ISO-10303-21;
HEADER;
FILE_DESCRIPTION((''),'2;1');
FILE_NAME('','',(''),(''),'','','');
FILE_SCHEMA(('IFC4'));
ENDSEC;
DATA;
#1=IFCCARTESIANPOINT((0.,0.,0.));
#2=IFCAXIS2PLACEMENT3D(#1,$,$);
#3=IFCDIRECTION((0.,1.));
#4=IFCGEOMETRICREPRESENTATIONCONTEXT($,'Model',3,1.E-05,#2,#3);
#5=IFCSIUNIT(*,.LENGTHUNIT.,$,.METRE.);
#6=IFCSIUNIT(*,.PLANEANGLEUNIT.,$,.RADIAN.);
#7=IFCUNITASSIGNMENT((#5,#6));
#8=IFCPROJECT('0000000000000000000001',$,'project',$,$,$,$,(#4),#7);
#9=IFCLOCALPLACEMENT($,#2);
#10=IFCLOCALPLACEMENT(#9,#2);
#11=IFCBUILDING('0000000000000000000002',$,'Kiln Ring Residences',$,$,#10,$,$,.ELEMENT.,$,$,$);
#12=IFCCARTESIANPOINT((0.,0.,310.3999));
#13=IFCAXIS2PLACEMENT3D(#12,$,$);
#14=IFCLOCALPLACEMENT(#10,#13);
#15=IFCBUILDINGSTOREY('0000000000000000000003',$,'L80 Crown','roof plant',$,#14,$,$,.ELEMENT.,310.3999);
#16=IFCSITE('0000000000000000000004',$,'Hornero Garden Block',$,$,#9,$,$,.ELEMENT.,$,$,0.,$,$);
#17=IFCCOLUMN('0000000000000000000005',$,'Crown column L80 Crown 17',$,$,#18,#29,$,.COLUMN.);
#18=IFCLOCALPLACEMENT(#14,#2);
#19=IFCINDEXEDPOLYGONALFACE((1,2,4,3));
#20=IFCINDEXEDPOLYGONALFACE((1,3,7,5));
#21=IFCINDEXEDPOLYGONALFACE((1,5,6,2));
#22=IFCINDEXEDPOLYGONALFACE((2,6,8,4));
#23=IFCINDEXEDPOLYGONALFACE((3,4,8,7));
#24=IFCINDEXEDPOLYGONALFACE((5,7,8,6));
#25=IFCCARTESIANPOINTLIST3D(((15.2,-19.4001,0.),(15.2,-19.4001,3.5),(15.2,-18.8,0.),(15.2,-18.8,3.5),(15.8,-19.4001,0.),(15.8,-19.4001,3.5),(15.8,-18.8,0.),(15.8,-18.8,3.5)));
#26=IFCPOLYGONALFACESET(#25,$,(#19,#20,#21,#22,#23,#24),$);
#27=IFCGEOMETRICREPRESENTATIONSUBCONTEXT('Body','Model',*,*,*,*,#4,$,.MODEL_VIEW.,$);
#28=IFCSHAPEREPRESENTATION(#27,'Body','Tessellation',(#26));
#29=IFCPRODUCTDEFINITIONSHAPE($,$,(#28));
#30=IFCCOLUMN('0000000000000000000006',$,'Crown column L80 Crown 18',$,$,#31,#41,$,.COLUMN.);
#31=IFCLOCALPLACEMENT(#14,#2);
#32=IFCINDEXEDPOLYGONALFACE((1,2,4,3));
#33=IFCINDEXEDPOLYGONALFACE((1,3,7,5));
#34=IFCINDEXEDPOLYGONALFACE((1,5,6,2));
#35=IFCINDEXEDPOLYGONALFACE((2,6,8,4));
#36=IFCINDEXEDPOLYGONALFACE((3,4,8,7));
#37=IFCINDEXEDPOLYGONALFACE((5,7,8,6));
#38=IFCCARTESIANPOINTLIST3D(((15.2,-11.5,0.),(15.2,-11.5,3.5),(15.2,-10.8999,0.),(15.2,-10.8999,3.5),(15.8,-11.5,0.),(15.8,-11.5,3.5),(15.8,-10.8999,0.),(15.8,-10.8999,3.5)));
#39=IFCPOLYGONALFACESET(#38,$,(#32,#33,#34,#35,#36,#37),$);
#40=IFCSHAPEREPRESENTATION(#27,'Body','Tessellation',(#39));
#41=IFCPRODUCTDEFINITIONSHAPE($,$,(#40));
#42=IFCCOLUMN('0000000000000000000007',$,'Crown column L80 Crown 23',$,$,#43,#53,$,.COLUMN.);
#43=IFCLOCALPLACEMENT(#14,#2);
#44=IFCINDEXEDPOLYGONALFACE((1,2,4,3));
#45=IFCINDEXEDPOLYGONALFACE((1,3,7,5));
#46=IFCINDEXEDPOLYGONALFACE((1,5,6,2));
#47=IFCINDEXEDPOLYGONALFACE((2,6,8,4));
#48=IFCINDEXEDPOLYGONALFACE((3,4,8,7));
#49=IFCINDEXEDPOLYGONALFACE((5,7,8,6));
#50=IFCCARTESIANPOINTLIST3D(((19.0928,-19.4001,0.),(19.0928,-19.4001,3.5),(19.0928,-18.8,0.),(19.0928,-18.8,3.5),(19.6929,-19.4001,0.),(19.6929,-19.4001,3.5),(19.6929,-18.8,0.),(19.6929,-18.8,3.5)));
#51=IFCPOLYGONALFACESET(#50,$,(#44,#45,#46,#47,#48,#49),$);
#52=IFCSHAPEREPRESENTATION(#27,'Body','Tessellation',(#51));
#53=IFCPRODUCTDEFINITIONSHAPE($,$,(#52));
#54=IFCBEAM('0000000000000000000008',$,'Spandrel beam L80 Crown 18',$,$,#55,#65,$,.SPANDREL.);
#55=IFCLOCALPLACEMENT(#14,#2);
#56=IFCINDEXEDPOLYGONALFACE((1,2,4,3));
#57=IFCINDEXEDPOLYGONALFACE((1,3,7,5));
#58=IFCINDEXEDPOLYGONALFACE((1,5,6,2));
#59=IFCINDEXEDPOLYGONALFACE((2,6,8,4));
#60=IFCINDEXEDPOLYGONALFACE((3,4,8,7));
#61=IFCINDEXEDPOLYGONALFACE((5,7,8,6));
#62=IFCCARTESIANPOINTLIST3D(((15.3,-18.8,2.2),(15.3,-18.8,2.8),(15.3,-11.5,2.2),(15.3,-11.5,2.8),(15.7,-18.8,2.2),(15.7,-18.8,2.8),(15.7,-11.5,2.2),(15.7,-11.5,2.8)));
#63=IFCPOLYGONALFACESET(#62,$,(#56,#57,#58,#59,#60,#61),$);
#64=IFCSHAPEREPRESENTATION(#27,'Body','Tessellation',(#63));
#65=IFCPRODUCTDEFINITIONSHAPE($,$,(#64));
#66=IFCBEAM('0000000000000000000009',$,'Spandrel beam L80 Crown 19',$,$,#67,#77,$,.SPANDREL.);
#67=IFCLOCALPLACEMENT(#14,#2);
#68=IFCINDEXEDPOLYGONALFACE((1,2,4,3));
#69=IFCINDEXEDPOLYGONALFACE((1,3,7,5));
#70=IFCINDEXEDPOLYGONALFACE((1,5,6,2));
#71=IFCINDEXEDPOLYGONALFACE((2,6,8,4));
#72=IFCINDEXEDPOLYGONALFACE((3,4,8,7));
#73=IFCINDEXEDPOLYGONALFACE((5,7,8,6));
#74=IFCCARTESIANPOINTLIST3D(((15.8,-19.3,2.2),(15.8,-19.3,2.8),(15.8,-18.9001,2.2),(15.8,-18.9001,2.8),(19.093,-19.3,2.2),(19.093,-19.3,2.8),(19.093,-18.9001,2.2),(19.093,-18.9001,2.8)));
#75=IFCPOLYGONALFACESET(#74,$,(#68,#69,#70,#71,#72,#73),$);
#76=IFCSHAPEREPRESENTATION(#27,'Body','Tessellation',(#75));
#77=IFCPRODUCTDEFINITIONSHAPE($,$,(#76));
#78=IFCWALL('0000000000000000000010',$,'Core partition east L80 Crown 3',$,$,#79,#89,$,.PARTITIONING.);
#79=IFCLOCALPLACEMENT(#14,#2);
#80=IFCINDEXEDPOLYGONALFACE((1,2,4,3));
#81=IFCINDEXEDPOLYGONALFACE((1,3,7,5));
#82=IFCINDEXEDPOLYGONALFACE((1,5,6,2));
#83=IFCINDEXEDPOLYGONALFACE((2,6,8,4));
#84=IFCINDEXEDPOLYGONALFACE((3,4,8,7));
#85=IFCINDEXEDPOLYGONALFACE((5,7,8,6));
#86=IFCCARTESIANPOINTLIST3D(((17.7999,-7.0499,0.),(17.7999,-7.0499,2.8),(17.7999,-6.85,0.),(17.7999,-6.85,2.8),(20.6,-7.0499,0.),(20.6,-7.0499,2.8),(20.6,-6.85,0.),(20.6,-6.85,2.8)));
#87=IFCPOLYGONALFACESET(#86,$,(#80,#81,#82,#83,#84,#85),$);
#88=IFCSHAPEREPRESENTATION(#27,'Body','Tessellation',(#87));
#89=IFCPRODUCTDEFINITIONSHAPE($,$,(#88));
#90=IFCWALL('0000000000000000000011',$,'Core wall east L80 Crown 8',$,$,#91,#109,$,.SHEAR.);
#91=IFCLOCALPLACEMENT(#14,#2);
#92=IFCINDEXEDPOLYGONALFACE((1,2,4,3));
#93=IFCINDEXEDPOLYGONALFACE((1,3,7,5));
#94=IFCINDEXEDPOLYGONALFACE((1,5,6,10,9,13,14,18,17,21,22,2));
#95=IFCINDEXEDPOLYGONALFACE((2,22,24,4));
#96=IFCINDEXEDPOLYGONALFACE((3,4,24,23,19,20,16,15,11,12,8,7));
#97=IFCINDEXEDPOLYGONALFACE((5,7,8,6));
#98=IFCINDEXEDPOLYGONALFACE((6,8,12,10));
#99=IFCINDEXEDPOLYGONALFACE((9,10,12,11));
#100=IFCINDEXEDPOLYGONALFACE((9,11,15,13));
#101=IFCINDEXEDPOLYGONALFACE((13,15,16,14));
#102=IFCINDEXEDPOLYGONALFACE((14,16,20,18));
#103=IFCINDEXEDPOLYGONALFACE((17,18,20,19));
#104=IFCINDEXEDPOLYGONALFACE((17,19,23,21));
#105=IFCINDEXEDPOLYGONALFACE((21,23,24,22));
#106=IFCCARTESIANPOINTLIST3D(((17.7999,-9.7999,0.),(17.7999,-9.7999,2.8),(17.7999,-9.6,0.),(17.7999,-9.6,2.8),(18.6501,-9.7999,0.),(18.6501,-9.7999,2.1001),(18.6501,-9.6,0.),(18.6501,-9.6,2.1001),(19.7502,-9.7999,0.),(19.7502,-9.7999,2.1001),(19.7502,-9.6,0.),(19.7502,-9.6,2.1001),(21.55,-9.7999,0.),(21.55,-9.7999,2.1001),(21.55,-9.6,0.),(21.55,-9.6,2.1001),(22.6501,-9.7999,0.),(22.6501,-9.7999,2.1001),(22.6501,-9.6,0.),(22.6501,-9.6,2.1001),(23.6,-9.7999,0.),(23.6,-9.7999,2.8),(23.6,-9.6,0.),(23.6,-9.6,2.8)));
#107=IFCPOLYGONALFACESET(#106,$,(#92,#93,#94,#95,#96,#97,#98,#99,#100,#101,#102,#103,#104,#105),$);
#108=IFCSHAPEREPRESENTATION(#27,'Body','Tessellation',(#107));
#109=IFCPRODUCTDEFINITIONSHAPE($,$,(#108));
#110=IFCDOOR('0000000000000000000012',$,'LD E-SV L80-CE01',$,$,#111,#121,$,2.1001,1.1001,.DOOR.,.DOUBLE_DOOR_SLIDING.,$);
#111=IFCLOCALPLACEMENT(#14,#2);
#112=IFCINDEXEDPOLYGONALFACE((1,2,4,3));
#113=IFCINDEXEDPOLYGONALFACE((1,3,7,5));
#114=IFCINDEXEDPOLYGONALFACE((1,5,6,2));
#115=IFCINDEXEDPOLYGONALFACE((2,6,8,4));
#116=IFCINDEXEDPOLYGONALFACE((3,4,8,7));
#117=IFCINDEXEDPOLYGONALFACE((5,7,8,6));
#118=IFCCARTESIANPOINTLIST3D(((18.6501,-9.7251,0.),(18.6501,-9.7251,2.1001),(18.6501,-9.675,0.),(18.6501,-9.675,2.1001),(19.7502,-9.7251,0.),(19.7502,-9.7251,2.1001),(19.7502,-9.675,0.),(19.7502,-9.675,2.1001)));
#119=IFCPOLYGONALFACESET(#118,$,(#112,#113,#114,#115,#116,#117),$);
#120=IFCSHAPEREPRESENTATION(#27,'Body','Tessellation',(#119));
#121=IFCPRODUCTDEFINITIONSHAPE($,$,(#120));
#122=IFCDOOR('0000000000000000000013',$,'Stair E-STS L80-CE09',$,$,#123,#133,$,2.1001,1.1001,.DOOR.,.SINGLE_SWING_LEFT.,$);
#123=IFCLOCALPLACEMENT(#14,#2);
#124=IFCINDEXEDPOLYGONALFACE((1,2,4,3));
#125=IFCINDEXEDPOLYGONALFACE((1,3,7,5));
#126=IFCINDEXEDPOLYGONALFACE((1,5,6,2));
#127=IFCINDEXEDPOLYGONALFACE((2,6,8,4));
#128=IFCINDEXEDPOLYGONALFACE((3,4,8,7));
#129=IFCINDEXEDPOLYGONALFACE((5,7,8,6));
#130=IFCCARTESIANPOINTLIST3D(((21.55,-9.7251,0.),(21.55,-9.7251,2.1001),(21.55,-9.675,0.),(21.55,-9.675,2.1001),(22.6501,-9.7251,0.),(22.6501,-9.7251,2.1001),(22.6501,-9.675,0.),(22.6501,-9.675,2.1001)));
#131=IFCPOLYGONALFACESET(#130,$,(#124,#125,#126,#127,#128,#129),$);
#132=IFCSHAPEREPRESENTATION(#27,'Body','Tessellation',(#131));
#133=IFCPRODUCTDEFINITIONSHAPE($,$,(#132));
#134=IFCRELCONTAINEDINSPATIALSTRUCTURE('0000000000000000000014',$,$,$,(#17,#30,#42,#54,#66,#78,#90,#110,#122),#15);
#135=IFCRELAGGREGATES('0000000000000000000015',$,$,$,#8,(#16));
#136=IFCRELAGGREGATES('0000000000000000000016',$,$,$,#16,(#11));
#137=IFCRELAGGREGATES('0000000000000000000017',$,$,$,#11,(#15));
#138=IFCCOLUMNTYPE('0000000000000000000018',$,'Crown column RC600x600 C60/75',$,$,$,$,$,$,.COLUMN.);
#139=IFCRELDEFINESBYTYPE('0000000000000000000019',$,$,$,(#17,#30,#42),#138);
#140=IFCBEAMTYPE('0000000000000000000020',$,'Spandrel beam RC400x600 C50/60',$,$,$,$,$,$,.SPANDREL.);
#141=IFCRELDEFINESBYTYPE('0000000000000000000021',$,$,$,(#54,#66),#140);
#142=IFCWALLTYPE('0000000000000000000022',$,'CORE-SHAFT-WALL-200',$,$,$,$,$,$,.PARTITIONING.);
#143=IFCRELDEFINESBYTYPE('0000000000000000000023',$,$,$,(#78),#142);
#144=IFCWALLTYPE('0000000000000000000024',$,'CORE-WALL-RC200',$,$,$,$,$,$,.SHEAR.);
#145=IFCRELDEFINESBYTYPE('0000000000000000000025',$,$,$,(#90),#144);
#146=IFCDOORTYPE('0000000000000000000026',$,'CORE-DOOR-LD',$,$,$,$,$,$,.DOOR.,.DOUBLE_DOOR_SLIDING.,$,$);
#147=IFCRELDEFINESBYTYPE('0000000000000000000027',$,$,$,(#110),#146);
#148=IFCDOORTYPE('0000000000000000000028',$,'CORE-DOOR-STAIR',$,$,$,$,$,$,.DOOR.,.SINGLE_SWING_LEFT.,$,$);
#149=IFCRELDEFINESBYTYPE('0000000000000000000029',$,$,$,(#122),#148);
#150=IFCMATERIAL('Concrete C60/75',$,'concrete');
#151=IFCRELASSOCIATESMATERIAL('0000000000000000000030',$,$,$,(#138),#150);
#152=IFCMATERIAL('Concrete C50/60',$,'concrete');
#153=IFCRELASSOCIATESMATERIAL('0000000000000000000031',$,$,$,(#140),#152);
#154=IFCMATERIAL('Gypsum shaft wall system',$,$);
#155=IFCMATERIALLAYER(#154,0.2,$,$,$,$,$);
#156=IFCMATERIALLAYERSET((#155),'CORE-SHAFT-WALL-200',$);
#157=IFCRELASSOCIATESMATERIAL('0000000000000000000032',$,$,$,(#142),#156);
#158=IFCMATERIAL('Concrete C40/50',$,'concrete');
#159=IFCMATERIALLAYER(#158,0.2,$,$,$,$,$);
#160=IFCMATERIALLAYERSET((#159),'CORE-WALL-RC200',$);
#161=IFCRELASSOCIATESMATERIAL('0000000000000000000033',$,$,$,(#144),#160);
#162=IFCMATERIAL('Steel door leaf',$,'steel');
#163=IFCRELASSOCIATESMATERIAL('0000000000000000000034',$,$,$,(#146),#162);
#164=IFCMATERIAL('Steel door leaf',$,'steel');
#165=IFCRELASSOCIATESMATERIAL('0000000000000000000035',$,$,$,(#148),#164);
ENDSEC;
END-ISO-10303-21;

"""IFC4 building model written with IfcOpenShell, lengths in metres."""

from ifc_helpers import new_model, si_unit, direction, frame, frame_2d, origin, origin_2d, place, context, subcontext, project, spatial, rectangle, extrude, material, layer, layer_set, material_profile, profile_set, type_object, element, fill, save


model = new_model("IFC4")

# Units and contexts
model_context = context("Model", 3, precision=1e-05, world=origin(), true_north=direction((0.0, 1.0)))
body_context = subcontext(model_context, "Body", "Model", "MODEL_VIEW")
ifc_project = project(units=[si_unit("LENGTHUNIT", "METRE"), si_unit("PLANEANGLEUNIT", "RADIAN")], contexts=[model_context])

# Site, building, storey
site_placement = place(None, origin())
site = spatial("IfcSite", under=ifc_project, at=site_placement, Name="Hornero Garden Block", CompositionType="ELEMENT", RefElevation=0.0)
building_placement = place(site_placement, origin())
building = spatial("IfcBuilding", under=site, at=building_placement, Name="Kiln Ring Residences", CompositionType="ELEMENT")
storey_placement = place(building_placement, frame((0.0, 0.0, 310.3999)))
storey = spatial("IfcBuildingStorey", under=building, at=storey_placement, Name="L80 Crown", Description="roof plant", CompositionType="ELEMENT", Elevation=310.3999)

# Columns
ifc_material_1 = material(Name="Concrete C60/75", Category="concrete")
ifc_material_profile_1 = material_profile(ifc_material_1, rectangle(XDim=0.6001, YDim=0.6001, at=origin_2d()), Name="RC600x600")
ifc_profile_set_1 = profile_set([ifc_material_profile_1], Name="Concrete C60/75")
column_type = type_object("IfcColumnType", Name="Crown column RC600x600 C60/75", PredefinedType="COLUMN", material=ifc_profile_set_1)
for number, where, z_axis, x_axis, name in (
    (1, (15.5, -19.1001, 0.0), (0.0, 0.0, 1.0), (1.0, 0.0, 0.0), "Crown column L80 Crown 17"),
    (2, (15.5, -11.2, 0.0), (0.0, 0.0, 1.0), (1.0, 0.0, 0.0), "Crown column L80 Crown 18"),
    (3, (19.3928, -19.1001, 0.0), (0.0, 0.0, 1.0), (1.0, 0.0, 0.0), "Crown column L80 Crown 23"),
):
    element("IfcColumn", number, at=place(storey_placement, frame(where, z_axis=z_axis, x_axis=x_axis)), inside=storey, type_object=column_type, Name=name, PredefinedType="COLUMN", context=body_context, shape_type="SweptSolid", body=[
        extrude(rectangle(XDim=0.6001, YDim=0.6001, at=origin_2d()), origin(), (0.0, 0.0, 1.0), 3.5),
    ])

# Beams
ifc_material_2 = material(Name="Concrete C50/60", Category="concrete")
ifc_material_profile_2 = material_profile(ifc_material_2, rectangle(XDim=0.3999, YDim=0.6001, at=origin_2d()), Name="RC400x600")
ifc_profile_set_2 = profile_set([ifc_material_profile_2], Name="Concrete C50/60")
beam_type = type_object("IfcBeamType", Name="Spandrel beam RC400x600 C50/60", PredefinedType="SPANDREL", material=ifc_profile_set_2)
beam_1_placement = place(storey_placement, frame((15.5, -11.5, 2.5), z_axis=(0.0, -1.0, 0.0), x_axis=(1.0, 0.0, 0.0)))
element("IfcBeam", 4, at=beam_1_placement, inside=storey, type_object=beam_type, Name="Spandrel beam L80 Crown 18", PredefinedType="SPANDREL", context=body_context, shape_type="SweptSolid", body=[
    extrude(rectangle(XDim=0.3999, YDim=0.6001, at=origin_2d()), origin(), (0.0, 0.0, 1.0), 7.3),
])
beam_2_placement = place(storey_placement, frame((15.8, -19.1001, 2.5), z_axis=(1.0, 0.0, 0.0), x_axis=(0.0, 1.0, 0.0)))
element("IfcBeam", 5, at=beam_2_placement, inside=storey, type_object=beam_type, Name="Spandrel beam L80 Crown 19", PredefinedType="SPANDREL", context=body_context, shape_type="SweptSolid", body=[
    extrude(rectangle(XDim=0.3999, YDim=0.6001, at=origin_2d()), origin(), (0.0, 0.0, 1.0), 3.293),
])

# Wall
ifc_material_3 = material(Name="Gypsum shaft wall system")
ifc_layer_1 = layer(ifc_material_3, 0.2)
ifc_layer_set_1 = layer_set([ifc_layer_1], Name="CORE-SHAFT-WALL-200")
wall_type_1 = type_object("IfcWallType", Name="CORE-SHAFT-WALL-200", PredefinedType="PARTITIONING", material=ifc_layer_set_1)
wall_1_placement = place(storey_placement, frame((17.8, -6.95, 0.0), z_axis=(0.0, 0.0, 1.0), x_axis=(1.0, 0.0, 0.0)))
element("IfcWall", 6, at=wall_1_placement, inside=storey, type_object=wall_type_1, Name="Core partition east L80 Crown 3", PredefinedType="PARTITIONING", context=body_context, shape_type="SweptSolid", body=[
    extrude(rectangle(XDim=2.8, YDim=0.2, at=frame_2d((1.3999, 0.0))), origin(), (0.0, 0.0, 1.0), 2.8),
])

# Wall, openings, doors
ifc_material_4 = material(Name="Concrete C40/50", Category="concrete")
ifc_layer_2 = layer(ifc_material_4, 0.2)
ifc_layer_set_2 = layer_set([ifc_layer_2], Name="CORE-WALL-RC200")
wall_type_2 = type_object("IfcWallType", Name="CORE-WALL-RC200", PredefinedType="SHEAR", material=ifc_layer_set_2)
wall_2_placement = place(storey_placement, frame((17.8, -9.7, 0.0), z_axis=(0.0, 0.0, 1.0), x_axis=(1.0, 0.0, 0.0)))
wall_2 = element("IfcWall", 7, at=wall_2_placement, inside=storey, type_object=wall_type_2, Name="Core wall east L80 Crown 8", PredefinedType="SHEAR", context=body_context, shape_type="SweptSolid", body=[
    extrude(rectangle(XDim=5.8, YDim=0.2, at=frame_2d((2.8999, 0.0))), origin(), (0.0, 0.0, 1.0), 2.8),
])
opening_1_placement = place(wall_2_placement, frame((0.8501, 0.0, 0.0)))
opening_1 = element("IfcOpeningElement", 8, at=opening_1_placement, cuts=wall_2, PredefinedType="OPENING", context=body_context, shape_type="SweptSolid", body=[
    extrude(rectangle(XDim=1.1001, YDim=2.1001, at=frame_2d((0.55, 1.05))), frame((0.0, 0.1099, 0.0), z_axis=(0.0, -1.0, 0.0), x_axis=(1.0, 0.0, 0.0)), (0.0, 0.0, 1.0), 0.22),
])
opening_2_placement = place(wall_2_placement, frame((3.75, 0.0, 0.0)))
opening_2 = element("IfcOpeningElement", 9, at=opening_2_placement, cuts=wall_2, PredefinedType="OPENING", context=body_context, shape_type="SweptSolid", body=[
    extrude(rectangle(XDim=1.1001, YDim=2.1001, at=frame_2d((0.55, 1.05))), frame((0.0, 0.1099, 0.0), z_axis=(0.0, -1.0, 0.0), x_axis=(1.0, 0.0, 0.0)), (0.0, 0.0, 1.0), 0.22),
])
ifc_material_5 = material(Name="Steel door leaf", Category="steel")
door_type_1 = type_object("IfcDoorType", Name="CORE-DOOR-LD", OperationType="DOUBLE_DOOR_SLIDING", PredefinedType="DOOR", material=ifc_material_5)
door_1_placement = place(opening_1_placement, origin())
door_1 = element("IfcDoor", 10, at=door_1_placement, inside=storey, type_object=door_type_1, Name="LD E-SV L80-CE01", OperationType="DOUBLE_DOOR_SLIDING", OverallHeight=2.1001, OverallWidth=1.1001, PredefinedType="DOOR", context=body_context, shape_type="SweptSolid", body=[
    extrude(rectangle(XDim=1.1001, YDim=2.1001, at=frame_2d((0.55, 1.05))), frame((0.0, 0.0249, 0.0), z_axis=(0.0, -1.0, 0.0), x_axis=(1.0, 0.0, 0.0)), (0.0, 0.0, 1.0), 0.05),
])
fill(opening_1, door_1)
ifc_material_6 = material(Name="Steel door leaf", Category="steel")
door_type_2 = type_object("IfcDoorType", Name="CORE-DOOR-STAIR", OperationType="SINGLE_SWING_LEFT", PredefinedType="DOOR", material=ifc_material_6)
door_2_placement = place(opening_2_placement, origin())
door_2 = element("IfcDoor", 11, at=door_2_placement, inside=storey, type_object=door_type_2, Name="Stair E-STS L80-CE09", OperationType="SINGLE_SWING_LEFT", OverallHeight=2.1001, OverallWidth=1.1001, PredefinedType="DOOR", context=body_context, shape_type="SweptSolid", body=[
    extrude(rectangle(XDim=1.1001, YDim=2.1001, at=frame_2d((0.55, 1.05))), frame((0.0, 0.0249, 0.0), z_axis=(0.0, -1.0, 0.0), x_axis=(1.0, 0.0, 0.0)), (0.0, 0.0, 1.0), 0.05),
])
fill(opening_2, door_2)

save(model, "model.ifc")
